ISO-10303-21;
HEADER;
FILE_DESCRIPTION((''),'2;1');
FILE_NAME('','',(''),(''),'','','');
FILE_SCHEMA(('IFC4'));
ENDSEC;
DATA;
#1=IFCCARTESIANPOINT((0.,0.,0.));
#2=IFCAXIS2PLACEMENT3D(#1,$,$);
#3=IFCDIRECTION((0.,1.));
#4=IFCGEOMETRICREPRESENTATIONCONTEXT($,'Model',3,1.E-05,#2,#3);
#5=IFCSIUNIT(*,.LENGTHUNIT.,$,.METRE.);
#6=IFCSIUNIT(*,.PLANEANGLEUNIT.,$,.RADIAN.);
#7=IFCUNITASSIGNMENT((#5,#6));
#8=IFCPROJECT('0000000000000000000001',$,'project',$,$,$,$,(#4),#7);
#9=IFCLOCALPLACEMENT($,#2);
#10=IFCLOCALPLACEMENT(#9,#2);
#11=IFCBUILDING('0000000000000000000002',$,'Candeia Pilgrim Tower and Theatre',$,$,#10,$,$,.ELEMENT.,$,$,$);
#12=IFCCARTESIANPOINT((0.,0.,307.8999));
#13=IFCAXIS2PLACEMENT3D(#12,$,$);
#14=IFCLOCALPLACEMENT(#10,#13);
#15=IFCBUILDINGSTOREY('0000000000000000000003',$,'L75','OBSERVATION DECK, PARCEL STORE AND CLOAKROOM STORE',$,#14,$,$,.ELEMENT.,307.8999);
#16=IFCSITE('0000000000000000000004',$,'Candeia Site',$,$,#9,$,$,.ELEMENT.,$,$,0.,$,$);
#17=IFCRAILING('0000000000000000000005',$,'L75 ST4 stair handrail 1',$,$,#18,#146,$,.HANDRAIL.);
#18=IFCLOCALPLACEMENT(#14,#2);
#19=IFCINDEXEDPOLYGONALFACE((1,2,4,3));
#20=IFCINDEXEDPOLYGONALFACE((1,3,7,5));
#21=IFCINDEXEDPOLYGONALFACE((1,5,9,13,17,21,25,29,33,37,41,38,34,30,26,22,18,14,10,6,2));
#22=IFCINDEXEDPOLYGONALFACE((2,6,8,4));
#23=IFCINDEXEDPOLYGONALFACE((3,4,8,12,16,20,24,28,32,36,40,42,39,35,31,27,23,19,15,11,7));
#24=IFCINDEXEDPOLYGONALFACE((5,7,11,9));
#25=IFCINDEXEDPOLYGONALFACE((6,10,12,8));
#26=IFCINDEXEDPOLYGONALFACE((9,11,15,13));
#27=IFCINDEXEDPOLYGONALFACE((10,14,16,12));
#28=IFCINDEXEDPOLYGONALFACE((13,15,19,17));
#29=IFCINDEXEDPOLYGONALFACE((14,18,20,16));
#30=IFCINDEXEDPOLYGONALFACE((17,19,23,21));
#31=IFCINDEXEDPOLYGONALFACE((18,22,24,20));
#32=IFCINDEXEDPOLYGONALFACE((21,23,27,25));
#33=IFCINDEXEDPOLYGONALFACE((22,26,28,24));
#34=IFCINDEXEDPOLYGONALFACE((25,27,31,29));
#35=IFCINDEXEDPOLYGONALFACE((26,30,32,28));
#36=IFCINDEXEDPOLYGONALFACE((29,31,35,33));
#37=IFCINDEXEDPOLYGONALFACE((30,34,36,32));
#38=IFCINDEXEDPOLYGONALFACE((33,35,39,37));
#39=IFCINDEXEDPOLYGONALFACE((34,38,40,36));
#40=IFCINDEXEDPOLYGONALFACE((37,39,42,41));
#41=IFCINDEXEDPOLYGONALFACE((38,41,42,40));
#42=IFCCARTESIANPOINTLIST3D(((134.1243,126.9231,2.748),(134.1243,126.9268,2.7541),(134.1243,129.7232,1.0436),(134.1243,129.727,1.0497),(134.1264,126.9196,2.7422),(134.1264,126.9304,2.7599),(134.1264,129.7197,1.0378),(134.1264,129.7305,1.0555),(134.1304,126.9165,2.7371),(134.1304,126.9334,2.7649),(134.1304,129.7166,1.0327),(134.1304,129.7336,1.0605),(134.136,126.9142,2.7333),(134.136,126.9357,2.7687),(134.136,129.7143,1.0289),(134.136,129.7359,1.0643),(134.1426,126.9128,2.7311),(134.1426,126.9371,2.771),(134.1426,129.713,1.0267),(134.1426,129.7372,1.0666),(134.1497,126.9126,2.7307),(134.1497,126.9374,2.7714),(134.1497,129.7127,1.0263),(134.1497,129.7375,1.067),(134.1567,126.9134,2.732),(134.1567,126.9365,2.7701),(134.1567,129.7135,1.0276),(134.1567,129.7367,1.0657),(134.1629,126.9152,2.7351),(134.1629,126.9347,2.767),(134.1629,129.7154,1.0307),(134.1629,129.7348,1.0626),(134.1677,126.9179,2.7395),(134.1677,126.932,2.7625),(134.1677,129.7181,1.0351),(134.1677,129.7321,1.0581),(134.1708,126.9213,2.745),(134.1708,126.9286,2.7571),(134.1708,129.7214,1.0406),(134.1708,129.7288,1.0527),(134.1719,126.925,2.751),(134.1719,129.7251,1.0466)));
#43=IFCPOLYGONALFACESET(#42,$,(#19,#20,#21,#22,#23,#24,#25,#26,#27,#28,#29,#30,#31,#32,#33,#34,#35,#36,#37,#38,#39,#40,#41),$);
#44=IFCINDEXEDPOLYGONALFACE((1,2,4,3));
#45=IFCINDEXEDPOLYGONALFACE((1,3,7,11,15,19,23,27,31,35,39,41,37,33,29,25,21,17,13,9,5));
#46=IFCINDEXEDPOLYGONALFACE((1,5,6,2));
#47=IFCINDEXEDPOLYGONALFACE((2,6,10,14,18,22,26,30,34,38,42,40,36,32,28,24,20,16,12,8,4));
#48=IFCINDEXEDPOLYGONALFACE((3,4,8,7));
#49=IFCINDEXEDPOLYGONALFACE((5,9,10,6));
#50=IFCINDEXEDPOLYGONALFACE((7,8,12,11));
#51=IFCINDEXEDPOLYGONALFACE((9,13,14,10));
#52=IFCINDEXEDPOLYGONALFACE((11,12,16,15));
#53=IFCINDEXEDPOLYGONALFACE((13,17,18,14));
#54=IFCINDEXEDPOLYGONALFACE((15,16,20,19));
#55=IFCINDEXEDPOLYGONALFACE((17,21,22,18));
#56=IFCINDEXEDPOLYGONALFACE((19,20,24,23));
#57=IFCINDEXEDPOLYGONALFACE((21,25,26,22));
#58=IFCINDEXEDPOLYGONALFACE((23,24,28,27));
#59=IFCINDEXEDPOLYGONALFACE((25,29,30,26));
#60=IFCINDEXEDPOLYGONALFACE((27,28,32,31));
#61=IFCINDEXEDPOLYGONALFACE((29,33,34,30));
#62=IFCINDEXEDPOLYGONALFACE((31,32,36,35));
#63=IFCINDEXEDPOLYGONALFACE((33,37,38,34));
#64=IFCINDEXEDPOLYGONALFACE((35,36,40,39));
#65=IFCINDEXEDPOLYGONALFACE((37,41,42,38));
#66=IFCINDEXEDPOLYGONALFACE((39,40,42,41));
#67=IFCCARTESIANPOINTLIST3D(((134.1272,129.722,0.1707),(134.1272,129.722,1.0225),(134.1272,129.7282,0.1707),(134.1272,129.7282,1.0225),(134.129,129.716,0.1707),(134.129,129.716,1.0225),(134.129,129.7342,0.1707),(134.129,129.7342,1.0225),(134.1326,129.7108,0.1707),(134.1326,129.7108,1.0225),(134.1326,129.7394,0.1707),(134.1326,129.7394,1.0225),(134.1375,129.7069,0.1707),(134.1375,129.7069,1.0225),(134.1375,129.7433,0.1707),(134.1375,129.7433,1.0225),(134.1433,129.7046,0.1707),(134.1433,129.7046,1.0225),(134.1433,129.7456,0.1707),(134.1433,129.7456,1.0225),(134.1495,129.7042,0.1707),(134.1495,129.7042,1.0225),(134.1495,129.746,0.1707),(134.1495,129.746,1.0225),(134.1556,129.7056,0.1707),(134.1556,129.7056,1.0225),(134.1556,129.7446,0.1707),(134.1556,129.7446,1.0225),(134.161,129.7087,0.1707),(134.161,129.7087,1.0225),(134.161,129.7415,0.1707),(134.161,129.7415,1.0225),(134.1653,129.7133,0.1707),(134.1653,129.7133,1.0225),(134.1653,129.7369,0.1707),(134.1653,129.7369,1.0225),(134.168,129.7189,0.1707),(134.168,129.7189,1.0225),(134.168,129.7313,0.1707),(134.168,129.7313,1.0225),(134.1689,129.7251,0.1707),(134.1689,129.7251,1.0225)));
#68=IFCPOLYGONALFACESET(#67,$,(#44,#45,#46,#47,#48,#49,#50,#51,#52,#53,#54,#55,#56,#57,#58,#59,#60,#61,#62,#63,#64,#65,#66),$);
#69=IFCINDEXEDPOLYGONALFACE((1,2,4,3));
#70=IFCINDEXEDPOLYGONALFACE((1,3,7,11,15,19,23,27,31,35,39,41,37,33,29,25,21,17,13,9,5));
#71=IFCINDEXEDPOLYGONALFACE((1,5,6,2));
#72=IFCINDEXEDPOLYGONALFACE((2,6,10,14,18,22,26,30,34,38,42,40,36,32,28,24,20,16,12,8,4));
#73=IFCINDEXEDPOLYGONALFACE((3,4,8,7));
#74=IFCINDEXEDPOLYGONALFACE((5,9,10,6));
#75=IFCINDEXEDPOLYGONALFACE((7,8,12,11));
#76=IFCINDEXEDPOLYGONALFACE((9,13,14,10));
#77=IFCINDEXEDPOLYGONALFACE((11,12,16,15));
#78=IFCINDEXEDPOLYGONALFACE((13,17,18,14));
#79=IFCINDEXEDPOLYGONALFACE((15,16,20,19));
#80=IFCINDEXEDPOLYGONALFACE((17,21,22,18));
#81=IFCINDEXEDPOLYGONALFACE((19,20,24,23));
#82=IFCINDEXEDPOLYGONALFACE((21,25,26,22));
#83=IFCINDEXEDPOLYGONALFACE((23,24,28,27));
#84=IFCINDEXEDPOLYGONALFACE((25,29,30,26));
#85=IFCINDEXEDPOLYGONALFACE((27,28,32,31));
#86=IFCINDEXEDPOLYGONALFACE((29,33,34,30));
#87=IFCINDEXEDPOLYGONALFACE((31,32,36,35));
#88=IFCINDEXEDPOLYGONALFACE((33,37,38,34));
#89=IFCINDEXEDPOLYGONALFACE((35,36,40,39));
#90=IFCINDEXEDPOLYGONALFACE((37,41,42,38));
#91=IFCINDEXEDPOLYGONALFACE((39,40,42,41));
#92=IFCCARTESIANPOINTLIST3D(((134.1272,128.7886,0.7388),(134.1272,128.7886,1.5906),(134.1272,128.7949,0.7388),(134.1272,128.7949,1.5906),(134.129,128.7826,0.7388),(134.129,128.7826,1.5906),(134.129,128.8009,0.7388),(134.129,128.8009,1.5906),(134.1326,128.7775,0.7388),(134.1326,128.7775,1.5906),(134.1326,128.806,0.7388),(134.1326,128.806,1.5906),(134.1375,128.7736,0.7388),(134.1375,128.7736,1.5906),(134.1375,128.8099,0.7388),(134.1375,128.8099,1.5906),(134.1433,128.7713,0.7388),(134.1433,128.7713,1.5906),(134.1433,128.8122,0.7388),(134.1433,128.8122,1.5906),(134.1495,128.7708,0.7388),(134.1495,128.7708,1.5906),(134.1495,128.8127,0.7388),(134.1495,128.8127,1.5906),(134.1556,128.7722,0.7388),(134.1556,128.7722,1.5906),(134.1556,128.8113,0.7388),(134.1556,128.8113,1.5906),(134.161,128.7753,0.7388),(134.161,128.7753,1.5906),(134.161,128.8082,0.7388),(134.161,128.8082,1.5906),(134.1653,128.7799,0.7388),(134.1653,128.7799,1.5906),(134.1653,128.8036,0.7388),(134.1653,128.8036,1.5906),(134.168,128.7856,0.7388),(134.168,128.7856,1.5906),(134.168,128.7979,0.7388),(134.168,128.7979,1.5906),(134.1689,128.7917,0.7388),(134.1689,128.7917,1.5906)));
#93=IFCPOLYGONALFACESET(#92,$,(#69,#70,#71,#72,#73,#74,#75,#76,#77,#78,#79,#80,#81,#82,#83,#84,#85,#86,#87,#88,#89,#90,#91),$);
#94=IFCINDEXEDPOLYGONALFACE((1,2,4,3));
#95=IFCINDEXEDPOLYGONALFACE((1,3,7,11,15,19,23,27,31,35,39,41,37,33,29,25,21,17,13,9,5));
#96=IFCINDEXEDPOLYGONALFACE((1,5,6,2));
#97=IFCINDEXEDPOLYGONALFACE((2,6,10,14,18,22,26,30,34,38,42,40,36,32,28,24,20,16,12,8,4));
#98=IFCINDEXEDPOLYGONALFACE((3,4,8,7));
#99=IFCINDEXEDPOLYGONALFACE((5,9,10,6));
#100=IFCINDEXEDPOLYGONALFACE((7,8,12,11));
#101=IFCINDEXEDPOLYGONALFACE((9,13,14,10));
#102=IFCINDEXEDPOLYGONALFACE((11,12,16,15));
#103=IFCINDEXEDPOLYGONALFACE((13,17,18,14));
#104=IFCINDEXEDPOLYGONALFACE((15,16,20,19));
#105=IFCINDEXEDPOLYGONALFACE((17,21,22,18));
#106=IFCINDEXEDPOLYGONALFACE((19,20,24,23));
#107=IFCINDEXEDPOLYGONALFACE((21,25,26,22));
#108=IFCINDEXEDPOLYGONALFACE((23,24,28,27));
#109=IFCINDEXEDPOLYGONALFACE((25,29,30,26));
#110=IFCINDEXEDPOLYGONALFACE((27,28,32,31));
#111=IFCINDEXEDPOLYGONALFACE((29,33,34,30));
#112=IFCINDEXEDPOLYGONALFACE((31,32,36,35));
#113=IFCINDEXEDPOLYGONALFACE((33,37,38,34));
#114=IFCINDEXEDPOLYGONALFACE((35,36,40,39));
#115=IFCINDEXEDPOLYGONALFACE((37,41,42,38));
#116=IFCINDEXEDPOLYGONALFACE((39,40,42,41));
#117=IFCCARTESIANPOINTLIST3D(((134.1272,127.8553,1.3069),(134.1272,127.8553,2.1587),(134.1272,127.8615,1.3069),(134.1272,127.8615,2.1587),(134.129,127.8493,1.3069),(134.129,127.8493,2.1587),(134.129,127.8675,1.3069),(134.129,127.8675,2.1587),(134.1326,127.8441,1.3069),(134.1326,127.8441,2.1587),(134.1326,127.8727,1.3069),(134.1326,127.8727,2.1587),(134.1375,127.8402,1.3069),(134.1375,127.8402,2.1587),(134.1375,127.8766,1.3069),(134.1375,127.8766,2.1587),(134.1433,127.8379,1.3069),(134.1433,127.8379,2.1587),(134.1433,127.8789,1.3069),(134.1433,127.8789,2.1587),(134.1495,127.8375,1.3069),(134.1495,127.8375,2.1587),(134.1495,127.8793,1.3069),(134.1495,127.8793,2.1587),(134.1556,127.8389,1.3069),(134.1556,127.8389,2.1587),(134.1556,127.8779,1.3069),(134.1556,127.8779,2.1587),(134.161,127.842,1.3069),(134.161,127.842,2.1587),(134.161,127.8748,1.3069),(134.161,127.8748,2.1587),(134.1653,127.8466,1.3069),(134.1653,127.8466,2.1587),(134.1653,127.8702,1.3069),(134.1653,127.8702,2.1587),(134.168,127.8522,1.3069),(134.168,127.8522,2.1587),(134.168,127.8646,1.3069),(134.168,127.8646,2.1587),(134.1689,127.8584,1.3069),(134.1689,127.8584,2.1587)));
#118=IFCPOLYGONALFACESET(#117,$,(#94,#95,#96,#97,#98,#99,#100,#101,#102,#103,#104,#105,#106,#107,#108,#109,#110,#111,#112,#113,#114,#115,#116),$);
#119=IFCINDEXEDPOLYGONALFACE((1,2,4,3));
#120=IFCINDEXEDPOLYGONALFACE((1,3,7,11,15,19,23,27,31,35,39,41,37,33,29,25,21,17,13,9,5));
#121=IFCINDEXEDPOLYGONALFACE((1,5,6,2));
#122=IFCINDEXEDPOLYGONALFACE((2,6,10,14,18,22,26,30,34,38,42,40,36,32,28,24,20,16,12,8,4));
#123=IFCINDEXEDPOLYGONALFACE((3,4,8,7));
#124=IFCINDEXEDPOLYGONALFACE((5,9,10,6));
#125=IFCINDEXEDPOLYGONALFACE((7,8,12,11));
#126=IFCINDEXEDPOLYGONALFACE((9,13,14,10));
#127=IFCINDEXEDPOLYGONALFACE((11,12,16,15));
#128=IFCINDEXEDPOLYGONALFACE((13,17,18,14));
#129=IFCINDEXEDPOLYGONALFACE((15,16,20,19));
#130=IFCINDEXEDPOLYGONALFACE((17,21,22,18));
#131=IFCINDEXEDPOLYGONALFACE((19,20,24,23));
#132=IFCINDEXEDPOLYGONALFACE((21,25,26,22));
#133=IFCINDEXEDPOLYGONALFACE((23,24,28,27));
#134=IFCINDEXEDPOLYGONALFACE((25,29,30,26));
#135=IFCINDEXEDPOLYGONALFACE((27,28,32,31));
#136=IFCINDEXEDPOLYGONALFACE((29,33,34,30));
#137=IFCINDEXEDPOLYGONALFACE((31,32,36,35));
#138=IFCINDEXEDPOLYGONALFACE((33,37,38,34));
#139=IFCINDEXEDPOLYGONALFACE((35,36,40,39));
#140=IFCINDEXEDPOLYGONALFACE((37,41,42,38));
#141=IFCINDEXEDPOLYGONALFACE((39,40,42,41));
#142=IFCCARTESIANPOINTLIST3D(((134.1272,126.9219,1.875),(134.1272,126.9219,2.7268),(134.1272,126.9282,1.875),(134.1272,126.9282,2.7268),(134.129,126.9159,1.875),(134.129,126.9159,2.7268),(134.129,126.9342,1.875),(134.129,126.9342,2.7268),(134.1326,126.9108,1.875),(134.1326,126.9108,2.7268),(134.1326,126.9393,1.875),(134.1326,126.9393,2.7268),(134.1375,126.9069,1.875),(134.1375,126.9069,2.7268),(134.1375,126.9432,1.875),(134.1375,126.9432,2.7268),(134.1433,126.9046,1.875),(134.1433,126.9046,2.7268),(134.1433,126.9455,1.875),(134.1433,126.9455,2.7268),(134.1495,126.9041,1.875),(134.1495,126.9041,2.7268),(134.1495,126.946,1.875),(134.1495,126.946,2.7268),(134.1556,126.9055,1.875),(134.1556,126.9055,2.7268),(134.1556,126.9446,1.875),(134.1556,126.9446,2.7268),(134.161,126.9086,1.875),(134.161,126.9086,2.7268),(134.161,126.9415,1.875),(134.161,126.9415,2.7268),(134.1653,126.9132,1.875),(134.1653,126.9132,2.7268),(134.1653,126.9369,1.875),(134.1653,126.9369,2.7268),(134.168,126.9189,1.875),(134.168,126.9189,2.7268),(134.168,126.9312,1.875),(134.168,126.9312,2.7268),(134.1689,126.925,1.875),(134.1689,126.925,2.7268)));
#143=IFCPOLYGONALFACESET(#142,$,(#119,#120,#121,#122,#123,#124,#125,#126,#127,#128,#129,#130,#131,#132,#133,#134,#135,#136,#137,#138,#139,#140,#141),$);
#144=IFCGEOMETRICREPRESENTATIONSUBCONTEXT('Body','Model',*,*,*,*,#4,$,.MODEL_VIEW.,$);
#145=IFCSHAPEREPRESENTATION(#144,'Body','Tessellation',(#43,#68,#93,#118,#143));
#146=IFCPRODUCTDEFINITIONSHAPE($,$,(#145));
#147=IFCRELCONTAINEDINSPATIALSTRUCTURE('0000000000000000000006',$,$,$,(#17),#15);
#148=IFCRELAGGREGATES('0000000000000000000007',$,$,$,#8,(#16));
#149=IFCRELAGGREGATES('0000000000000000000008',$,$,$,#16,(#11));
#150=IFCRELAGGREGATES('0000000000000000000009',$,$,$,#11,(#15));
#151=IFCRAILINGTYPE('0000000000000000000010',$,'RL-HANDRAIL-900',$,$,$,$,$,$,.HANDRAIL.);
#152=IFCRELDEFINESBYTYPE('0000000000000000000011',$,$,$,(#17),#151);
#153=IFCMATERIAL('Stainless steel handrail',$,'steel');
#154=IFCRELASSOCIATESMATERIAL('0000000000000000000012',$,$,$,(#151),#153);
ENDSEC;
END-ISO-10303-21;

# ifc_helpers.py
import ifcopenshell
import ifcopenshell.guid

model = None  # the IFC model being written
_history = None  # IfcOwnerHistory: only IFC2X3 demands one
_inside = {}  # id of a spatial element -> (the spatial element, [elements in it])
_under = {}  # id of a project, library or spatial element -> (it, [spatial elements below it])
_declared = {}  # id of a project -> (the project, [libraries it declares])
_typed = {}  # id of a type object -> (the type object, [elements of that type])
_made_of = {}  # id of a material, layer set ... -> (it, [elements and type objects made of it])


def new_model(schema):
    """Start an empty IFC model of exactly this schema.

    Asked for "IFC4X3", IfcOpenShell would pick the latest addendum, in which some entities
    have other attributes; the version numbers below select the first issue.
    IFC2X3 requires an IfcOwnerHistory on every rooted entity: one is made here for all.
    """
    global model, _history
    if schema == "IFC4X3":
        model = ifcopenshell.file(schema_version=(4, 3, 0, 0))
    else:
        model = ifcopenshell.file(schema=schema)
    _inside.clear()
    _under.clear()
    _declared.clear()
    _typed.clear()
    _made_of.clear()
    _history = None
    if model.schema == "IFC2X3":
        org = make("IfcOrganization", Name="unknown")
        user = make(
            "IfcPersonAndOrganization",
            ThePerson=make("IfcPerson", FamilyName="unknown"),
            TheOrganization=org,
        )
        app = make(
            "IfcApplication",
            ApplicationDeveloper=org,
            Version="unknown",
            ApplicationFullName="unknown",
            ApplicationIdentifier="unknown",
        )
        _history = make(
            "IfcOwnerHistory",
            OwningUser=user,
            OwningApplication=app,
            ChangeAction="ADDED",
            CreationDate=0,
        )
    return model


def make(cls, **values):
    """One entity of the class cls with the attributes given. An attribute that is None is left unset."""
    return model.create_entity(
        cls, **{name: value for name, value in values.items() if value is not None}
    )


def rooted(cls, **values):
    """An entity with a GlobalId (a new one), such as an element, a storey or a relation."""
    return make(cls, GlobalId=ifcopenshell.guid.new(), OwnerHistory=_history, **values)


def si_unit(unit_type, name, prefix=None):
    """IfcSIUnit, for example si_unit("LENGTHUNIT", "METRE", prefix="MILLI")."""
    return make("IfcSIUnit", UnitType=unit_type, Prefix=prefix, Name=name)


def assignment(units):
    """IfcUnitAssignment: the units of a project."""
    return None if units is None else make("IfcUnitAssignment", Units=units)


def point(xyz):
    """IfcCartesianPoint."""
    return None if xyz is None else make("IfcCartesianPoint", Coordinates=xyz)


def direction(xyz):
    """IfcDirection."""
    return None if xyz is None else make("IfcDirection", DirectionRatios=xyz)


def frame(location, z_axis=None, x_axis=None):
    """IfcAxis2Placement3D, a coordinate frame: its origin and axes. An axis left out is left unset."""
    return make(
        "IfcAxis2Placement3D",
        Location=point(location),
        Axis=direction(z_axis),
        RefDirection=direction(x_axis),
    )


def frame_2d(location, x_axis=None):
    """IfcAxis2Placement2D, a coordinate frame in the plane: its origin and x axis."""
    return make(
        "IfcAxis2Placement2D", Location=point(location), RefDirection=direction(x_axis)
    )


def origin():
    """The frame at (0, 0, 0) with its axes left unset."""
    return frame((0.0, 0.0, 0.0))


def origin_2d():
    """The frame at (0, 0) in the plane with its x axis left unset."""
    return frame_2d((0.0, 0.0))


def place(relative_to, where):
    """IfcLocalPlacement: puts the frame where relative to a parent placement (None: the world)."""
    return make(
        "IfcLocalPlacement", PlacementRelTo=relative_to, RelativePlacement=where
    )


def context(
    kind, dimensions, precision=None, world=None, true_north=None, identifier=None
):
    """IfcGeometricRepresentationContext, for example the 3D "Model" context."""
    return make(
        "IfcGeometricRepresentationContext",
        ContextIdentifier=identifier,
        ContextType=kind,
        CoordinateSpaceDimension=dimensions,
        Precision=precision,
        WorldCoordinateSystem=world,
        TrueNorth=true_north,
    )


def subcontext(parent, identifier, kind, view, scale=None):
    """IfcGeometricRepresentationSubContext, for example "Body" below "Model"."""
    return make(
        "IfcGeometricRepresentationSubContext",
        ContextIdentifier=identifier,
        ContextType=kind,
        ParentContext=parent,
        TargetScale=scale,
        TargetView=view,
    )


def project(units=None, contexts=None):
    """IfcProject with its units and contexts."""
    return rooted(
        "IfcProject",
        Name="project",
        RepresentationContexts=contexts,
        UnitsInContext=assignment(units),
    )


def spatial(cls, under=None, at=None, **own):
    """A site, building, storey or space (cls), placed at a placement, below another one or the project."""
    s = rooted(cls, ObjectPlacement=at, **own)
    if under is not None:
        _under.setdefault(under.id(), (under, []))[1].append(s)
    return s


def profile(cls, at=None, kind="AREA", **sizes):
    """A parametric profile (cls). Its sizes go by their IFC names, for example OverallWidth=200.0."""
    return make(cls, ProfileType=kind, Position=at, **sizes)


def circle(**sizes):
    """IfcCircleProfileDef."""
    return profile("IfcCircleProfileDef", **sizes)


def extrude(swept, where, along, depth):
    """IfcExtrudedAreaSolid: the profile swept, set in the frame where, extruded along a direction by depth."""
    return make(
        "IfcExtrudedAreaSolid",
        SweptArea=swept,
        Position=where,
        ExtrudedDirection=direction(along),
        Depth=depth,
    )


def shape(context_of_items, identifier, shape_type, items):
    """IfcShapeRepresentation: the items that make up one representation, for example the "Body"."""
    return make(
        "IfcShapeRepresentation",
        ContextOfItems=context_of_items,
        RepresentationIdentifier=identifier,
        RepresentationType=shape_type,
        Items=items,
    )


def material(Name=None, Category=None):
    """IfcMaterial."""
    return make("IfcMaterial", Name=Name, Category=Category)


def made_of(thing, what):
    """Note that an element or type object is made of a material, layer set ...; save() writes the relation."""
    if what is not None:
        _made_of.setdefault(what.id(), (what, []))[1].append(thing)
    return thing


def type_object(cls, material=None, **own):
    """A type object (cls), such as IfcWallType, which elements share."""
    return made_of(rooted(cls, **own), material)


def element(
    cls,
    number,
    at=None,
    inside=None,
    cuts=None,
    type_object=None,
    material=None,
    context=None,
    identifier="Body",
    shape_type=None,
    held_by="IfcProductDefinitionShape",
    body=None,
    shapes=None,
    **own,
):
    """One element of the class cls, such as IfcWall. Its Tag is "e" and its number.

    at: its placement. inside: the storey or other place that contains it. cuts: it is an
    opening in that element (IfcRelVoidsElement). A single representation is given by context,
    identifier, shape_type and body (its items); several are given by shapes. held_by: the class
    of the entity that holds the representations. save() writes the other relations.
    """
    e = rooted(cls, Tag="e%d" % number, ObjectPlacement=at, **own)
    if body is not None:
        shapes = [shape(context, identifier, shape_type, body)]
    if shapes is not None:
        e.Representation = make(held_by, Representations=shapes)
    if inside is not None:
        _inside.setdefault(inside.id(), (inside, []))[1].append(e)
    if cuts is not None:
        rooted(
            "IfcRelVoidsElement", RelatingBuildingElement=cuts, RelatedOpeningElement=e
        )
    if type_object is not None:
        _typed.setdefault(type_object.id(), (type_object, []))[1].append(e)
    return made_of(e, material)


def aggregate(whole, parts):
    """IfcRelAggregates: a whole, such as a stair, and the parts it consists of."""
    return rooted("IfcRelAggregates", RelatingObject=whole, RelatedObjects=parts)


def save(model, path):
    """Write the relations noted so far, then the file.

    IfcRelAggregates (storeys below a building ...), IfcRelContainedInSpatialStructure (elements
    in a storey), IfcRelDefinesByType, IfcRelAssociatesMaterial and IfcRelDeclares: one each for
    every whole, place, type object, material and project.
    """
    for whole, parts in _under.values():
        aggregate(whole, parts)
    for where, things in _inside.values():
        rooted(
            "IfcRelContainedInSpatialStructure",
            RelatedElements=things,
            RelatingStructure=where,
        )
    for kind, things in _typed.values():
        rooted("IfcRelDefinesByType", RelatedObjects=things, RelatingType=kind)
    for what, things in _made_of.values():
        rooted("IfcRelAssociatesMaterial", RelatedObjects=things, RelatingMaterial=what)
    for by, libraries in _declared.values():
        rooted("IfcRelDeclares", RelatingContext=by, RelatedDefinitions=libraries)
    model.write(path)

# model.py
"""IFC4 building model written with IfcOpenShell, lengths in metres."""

from ifc_helpers import new_model, si_unit, direction, frame, origin, origin_2d, place, context, subcontext, project, spatial, circle, extrude, material, type_object, element, save


model = new_model("IFC4")

# Units and contexts
model_context = context("Model", 3, precision=1e-05, world=origin(), true_north=direction((0.0, 1.0)))
body_context = subcontext(model_context, "Body", "Model", "MODEL_VIEW")
ifc_project = project(units=[si_unit("LENGTHUNIT", "METRE"), si_unit("PLANEANGLEUNIT", "RADIAN")], contexts=[model_context])

# Site, building, storey
site_placement = place(None, origin())
site = spatial("IfcSite", under=ifc_project, at=site_placement, Name="Candeia Site", CompositionType="ELEMENT", RefElevation=0.0)
building_placement = place(site_placement, origin())
building = spatial("IfcBuilding", under=site, at=building_placement, Name="Candeia Pilgrim Tower and Theatre", CompositionType="ELEMENT")
storey_placement = place(building_placement, frame((0.0, 0.0, 307.8999)))
storey = spatial("IfcBuildingStorey", under=building, at=storey_placement, Name="L75", Description="OBSERVATION DECK, PARCEL STORE AND CLOAKROOM STORE", CompositionType="ELEMENT", Elevation=307.8999)

# Railing
ifc_material_1 = material(Name="Stainless steel handrail", Category="steel")
railing_type_1 = type_object("IfcRailingType", Name="RL-HANDRAIL-900", PredefinedType="HANDRAIL", material=ifc_material_1)
railing_1_placement = place(storey_placement, frame((134.1479, 129.7251, 0.1707)))
element("IfcRailing", 1, at=railing_1_placement, inside=storey, type_object=railing_type_1, Name="L75 ST4 stair handrail 1", PredefinedType="HANDRAIL", context=body_context, shape_type="SweptSolid", body=[
    extrude(circle(Radius=0.0239, at=origin_2d()), frame((0.0, 0.0, 0.876), z_axis=(0.0, -0.854203, 0.51994), x_axis=(1.0, 0.0, 0.0)), (0.0, 0.0, 1.0), 3.2781),
    extrude(circle(Radius=0.021, at=origin_2d()), origin(), (0.0, 0.0, 1.0), 0.8518),
    extrude(circle(Radius=0.021, at=origin_2d()), frame((0.0, -0.9333, 0.5681)), (0.0, 0.0, 1.0), 0.8518),
    extrude(circle(Radius=0.021, at=origin_2d()), frame((0.0, -1.8667, 1.1362)), (0.0, 0.0, 1.0), 0.8518),
    extrude(circle(Radius=0.021, at=origin_2d()), frame((0.0, -2.8, 1.7043)), (0.0, 0.0, 1.0), 0.8518),
])

save(model, "model.ifc")
